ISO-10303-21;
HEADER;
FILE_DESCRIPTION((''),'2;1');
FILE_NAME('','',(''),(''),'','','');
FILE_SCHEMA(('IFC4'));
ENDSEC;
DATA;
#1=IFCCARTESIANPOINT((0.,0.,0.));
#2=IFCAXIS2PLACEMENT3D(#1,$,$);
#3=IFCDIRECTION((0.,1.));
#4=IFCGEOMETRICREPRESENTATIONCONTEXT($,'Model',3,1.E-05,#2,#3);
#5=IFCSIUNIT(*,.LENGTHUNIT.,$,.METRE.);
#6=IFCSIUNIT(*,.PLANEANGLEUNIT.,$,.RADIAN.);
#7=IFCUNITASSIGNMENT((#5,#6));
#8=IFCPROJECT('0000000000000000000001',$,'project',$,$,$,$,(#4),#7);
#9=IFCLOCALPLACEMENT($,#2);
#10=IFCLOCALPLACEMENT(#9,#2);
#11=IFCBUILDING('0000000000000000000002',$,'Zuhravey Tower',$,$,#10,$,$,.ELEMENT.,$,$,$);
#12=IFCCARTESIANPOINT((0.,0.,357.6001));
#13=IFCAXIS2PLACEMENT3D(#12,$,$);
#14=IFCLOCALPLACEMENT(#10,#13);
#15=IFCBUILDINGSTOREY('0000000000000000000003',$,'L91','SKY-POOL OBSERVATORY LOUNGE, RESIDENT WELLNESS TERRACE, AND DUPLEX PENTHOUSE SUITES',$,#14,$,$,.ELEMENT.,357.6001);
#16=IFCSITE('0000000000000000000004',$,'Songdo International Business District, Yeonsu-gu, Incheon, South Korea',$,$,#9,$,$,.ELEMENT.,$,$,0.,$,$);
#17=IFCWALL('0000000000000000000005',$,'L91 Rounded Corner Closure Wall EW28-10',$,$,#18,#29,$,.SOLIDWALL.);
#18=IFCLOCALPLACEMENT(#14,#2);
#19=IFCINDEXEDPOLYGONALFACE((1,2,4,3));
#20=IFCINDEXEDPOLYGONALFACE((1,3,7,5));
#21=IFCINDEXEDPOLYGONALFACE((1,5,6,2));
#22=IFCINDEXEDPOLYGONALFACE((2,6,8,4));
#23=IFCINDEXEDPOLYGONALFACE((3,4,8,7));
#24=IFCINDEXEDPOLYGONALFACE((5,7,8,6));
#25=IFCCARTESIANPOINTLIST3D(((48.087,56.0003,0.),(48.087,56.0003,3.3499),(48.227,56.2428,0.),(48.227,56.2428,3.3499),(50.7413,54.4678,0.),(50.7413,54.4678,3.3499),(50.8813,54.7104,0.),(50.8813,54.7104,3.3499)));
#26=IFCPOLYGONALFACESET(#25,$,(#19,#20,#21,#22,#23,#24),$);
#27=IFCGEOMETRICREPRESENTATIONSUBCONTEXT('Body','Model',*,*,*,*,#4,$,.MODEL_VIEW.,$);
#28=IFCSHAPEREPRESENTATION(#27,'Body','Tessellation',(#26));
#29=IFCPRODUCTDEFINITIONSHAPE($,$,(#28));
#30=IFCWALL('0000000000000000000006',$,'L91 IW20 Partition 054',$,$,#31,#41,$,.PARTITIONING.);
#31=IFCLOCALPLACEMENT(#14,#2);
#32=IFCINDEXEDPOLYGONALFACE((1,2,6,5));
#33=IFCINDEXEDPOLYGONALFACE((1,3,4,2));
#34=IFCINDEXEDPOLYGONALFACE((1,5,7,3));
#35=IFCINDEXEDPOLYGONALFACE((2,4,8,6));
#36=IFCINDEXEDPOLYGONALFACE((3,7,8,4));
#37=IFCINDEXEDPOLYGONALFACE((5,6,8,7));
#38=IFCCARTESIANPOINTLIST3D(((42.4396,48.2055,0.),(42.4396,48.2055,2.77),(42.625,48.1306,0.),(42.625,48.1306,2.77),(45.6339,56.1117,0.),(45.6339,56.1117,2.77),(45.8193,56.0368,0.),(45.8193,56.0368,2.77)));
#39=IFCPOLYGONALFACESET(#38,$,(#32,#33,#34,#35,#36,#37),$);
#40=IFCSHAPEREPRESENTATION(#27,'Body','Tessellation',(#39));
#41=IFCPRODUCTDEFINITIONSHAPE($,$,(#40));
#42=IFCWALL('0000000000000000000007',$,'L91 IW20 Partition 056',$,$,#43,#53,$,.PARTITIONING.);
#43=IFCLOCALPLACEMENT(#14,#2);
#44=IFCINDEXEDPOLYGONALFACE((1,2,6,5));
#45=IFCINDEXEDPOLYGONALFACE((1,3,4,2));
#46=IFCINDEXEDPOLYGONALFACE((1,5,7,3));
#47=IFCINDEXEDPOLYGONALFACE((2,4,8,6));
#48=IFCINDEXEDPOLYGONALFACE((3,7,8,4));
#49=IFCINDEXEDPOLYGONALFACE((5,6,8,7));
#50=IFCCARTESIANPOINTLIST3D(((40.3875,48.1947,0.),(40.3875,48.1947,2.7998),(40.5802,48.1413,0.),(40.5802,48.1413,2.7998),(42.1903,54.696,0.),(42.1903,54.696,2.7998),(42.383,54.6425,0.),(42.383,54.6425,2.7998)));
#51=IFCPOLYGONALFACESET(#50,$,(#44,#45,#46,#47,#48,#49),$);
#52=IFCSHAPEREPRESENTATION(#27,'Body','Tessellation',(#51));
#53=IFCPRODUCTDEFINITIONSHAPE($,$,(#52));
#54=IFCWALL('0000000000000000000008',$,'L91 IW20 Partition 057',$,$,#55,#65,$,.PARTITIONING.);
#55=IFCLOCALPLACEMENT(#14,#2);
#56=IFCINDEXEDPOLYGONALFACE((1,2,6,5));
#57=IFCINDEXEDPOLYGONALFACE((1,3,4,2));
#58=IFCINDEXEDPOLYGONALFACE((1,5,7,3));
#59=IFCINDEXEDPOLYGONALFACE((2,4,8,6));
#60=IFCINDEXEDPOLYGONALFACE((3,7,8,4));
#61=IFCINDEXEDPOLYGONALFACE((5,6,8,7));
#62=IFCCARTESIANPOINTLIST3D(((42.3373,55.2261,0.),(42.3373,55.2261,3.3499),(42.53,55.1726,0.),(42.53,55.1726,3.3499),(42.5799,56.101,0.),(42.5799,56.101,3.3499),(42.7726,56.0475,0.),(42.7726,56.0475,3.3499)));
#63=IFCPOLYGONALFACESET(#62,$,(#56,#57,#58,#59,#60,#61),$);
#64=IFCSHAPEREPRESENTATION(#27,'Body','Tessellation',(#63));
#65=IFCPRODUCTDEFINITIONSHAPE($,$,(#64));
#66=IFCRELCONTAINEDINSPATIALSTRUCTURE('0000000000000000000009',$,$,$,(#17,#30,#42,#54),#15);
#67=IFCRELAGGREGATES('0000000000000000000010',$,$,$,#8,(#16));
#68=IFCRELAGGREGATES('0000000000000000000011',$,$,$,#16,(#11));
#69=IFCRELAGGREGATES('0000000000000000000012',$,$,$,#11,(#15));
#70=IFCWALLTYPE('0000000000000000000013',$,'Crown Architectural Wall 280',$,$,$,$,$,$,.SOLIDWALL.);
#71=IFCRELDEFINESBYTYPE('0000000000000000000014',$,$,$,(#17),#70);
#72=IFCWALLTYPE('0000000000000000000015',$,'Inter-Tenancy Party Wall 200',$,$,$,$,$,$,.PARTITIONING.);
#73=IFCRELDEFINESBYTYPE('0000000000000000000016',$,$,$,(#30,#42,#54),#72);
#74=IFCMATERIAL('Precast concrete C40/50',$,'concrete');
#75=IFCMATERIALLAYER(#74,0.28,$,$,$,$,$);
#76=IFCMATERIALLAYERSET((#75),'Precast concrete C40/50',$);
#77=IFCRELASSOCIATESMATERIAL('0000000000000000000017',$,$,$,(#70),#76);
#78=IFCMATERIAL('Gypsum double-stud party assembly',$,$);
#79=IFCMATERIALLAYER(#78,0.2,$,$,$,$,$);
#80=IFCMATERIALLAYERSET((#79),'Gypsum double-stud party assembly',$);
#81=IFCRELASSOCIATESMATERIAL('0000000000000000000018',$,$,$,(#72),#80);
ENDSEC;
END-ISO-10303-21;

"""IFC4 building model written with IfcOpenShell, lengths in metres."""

from ifc_helpers import new_model, si_unit, direction, frame, frame_2d, origin, place, context, subcontext, project, spatial, rectangle, extrude, material, layer, layer_set, type_object, element, save


model = new_model("IFC4")

# Units and contexts
model_context = context("Model", 3, precision=1e-05, world=origin(), true_north=direction((0.0, 1.0)))
body_context = subcontext(model_context, "Body", "Model", "MODEL_VIEW")
ifc_project = project(units=[si_unit("LENGTHUNIT", "METRE"), si_unit("PLANEANGLEUNIT", "RADIAN")], contexts=[model_context])

# Site, building, storey
site_placement = place(None, origin())
site = spatial("IfcSite", under=ifc_project, at=site_placement, Name="Songdo International Business District, Yeonsu-gu, Incheon, South Korea", CompositionType="ELEMENT", RefElevation=0.0)
building_placement = place(site_placement, origin())
building = spatial("IfcBuilding", under=site, at=building_placement, Name="Zuhravey Tower", CompositionType="ELEMENT")
storey_placement = place(building_placement, frame((0.0, 0.0, 357.6001)))
storey = spatial("IfcBuildingStorey", under=building, at=storey_placement, Name="L91", Description="SKY-POOL OBSERVATORY LOUNGE, RESIDENT WELLNESS TERRACE, AND DUPLEX PENTHOUSE SUITES", CompositionType="ELEMENT", Elevation=357.6001)

# Walls
ifc_material_1 = material(Name="Precast concrete C40/50", Category="concrete")
ifc_layer_1 = layer(ifc_material_1, 0.28)
ifc_layer_set_1 = layer_set([ifc_layer_1], Name="Precast concrete C40/50")
wall_type_1 = type_object("IfcWallType", Name="Crown Architectural Wall 280", PredefinedType="SOLIDWALL", material=ifc_layer_set_1)
wall_1_placement = place(storey_placement, frame((48.157, 56.1216, 0.0), z_axis=(0.0, 0.0, 1.0), x_axis=(0.866024, -0.500003, 0.0)))
element("IfcWall", 1, at=wall_1_placement, inside=storey, type_object=wall_type_1, Name="L91 Rounded Corner Closure Wall EW28-10", PredefinedType="SOLIDWALL", context=body_context, shape_type="SweptSolid", body=[
    extrude(rectangle(XDim=3.0649, YDim=0.28, at=frame_2d((1.5325, 0.0))), origin(), (0.0, 0.0, 1.0), 3.3499),
])
ifc_material_2 = material(Name="Gypsum double-stud party assembly")
ifc_layer_2 = layer(ifc_material_2, 0.2)
ifc_layer_set_2 = layer_set([ifc_layer_2], Name="Gypsum double-stud party assembly")
wall_type_2 = type_object("IfcWallType", Name="Inter-Tenancy Party Wall 200", PredefinedType="PARTITIONING", material=ifc_layer_set_2)
wall_2_placement = place(storey_placement, frame((42.5322, 48.168, 0.0), z_axis=(0.0, 0.0, 1.0), x_axis=(0.374607, 0.927184, 0.0)))
element("IfcWall", 2, at=wall_2_placement, inside=storey, type_object=wall_type_2, Name="L91 IW20 Partition 054", PredefinedType="PARTITIONING", context=body_context, shape_type="SweptSolid", body=[
    extrude(rectangle(XDim=8.5271, YDim=0.2, at=frame_2d((4.2637, 0.0))), origin(), (0.0, 0.0, 1.0), 2.77),
])
wall_3_placement = place(storey_placement, frame((40.4839, 48.168, 0.0), z_axis=(0.0, 0.0, 1.0), x_axis=(0.267209, 0.963639, 0.0)))
element("IfcWall", 3, at=wall_3_placement, inside=storey, type_object=wall_type_2, Name="L91 IW20 Partition 056", PredefinedType="PARTITIONING", context=body_context, shape_type="SweptSolid", body=[
    extrude(rectangle(XDim=6.7466, YDim=0.2, at=frame_2d((3.3733, 0.0))), origin(), (0.0, 0.0, 1.0), 2.7998),
])
wall_4_placement = place(storey_placement, frame((42.4336, 55.1992, 0.0), z_axis=(0.0, 0.0, 1.0), x_axis=(0.267256, 0.963626, 0.0)))
element("IfcWall", 4, at=wall_4_placement, inside=storey, type_object=wall_type_2, Name="L91 IW20 Partition 057", PredefinedType="PARTITIONING", context=body_context, shape_type="SweptSolid", body=[
    extrude(rectangle(XDim=0.908, YDim=0.2, at=frame_2d((0.4541, 0.0))), origin(), (0.0, 0.0, 1.0), 3.3499),
])

save(model, "model.ifc")
